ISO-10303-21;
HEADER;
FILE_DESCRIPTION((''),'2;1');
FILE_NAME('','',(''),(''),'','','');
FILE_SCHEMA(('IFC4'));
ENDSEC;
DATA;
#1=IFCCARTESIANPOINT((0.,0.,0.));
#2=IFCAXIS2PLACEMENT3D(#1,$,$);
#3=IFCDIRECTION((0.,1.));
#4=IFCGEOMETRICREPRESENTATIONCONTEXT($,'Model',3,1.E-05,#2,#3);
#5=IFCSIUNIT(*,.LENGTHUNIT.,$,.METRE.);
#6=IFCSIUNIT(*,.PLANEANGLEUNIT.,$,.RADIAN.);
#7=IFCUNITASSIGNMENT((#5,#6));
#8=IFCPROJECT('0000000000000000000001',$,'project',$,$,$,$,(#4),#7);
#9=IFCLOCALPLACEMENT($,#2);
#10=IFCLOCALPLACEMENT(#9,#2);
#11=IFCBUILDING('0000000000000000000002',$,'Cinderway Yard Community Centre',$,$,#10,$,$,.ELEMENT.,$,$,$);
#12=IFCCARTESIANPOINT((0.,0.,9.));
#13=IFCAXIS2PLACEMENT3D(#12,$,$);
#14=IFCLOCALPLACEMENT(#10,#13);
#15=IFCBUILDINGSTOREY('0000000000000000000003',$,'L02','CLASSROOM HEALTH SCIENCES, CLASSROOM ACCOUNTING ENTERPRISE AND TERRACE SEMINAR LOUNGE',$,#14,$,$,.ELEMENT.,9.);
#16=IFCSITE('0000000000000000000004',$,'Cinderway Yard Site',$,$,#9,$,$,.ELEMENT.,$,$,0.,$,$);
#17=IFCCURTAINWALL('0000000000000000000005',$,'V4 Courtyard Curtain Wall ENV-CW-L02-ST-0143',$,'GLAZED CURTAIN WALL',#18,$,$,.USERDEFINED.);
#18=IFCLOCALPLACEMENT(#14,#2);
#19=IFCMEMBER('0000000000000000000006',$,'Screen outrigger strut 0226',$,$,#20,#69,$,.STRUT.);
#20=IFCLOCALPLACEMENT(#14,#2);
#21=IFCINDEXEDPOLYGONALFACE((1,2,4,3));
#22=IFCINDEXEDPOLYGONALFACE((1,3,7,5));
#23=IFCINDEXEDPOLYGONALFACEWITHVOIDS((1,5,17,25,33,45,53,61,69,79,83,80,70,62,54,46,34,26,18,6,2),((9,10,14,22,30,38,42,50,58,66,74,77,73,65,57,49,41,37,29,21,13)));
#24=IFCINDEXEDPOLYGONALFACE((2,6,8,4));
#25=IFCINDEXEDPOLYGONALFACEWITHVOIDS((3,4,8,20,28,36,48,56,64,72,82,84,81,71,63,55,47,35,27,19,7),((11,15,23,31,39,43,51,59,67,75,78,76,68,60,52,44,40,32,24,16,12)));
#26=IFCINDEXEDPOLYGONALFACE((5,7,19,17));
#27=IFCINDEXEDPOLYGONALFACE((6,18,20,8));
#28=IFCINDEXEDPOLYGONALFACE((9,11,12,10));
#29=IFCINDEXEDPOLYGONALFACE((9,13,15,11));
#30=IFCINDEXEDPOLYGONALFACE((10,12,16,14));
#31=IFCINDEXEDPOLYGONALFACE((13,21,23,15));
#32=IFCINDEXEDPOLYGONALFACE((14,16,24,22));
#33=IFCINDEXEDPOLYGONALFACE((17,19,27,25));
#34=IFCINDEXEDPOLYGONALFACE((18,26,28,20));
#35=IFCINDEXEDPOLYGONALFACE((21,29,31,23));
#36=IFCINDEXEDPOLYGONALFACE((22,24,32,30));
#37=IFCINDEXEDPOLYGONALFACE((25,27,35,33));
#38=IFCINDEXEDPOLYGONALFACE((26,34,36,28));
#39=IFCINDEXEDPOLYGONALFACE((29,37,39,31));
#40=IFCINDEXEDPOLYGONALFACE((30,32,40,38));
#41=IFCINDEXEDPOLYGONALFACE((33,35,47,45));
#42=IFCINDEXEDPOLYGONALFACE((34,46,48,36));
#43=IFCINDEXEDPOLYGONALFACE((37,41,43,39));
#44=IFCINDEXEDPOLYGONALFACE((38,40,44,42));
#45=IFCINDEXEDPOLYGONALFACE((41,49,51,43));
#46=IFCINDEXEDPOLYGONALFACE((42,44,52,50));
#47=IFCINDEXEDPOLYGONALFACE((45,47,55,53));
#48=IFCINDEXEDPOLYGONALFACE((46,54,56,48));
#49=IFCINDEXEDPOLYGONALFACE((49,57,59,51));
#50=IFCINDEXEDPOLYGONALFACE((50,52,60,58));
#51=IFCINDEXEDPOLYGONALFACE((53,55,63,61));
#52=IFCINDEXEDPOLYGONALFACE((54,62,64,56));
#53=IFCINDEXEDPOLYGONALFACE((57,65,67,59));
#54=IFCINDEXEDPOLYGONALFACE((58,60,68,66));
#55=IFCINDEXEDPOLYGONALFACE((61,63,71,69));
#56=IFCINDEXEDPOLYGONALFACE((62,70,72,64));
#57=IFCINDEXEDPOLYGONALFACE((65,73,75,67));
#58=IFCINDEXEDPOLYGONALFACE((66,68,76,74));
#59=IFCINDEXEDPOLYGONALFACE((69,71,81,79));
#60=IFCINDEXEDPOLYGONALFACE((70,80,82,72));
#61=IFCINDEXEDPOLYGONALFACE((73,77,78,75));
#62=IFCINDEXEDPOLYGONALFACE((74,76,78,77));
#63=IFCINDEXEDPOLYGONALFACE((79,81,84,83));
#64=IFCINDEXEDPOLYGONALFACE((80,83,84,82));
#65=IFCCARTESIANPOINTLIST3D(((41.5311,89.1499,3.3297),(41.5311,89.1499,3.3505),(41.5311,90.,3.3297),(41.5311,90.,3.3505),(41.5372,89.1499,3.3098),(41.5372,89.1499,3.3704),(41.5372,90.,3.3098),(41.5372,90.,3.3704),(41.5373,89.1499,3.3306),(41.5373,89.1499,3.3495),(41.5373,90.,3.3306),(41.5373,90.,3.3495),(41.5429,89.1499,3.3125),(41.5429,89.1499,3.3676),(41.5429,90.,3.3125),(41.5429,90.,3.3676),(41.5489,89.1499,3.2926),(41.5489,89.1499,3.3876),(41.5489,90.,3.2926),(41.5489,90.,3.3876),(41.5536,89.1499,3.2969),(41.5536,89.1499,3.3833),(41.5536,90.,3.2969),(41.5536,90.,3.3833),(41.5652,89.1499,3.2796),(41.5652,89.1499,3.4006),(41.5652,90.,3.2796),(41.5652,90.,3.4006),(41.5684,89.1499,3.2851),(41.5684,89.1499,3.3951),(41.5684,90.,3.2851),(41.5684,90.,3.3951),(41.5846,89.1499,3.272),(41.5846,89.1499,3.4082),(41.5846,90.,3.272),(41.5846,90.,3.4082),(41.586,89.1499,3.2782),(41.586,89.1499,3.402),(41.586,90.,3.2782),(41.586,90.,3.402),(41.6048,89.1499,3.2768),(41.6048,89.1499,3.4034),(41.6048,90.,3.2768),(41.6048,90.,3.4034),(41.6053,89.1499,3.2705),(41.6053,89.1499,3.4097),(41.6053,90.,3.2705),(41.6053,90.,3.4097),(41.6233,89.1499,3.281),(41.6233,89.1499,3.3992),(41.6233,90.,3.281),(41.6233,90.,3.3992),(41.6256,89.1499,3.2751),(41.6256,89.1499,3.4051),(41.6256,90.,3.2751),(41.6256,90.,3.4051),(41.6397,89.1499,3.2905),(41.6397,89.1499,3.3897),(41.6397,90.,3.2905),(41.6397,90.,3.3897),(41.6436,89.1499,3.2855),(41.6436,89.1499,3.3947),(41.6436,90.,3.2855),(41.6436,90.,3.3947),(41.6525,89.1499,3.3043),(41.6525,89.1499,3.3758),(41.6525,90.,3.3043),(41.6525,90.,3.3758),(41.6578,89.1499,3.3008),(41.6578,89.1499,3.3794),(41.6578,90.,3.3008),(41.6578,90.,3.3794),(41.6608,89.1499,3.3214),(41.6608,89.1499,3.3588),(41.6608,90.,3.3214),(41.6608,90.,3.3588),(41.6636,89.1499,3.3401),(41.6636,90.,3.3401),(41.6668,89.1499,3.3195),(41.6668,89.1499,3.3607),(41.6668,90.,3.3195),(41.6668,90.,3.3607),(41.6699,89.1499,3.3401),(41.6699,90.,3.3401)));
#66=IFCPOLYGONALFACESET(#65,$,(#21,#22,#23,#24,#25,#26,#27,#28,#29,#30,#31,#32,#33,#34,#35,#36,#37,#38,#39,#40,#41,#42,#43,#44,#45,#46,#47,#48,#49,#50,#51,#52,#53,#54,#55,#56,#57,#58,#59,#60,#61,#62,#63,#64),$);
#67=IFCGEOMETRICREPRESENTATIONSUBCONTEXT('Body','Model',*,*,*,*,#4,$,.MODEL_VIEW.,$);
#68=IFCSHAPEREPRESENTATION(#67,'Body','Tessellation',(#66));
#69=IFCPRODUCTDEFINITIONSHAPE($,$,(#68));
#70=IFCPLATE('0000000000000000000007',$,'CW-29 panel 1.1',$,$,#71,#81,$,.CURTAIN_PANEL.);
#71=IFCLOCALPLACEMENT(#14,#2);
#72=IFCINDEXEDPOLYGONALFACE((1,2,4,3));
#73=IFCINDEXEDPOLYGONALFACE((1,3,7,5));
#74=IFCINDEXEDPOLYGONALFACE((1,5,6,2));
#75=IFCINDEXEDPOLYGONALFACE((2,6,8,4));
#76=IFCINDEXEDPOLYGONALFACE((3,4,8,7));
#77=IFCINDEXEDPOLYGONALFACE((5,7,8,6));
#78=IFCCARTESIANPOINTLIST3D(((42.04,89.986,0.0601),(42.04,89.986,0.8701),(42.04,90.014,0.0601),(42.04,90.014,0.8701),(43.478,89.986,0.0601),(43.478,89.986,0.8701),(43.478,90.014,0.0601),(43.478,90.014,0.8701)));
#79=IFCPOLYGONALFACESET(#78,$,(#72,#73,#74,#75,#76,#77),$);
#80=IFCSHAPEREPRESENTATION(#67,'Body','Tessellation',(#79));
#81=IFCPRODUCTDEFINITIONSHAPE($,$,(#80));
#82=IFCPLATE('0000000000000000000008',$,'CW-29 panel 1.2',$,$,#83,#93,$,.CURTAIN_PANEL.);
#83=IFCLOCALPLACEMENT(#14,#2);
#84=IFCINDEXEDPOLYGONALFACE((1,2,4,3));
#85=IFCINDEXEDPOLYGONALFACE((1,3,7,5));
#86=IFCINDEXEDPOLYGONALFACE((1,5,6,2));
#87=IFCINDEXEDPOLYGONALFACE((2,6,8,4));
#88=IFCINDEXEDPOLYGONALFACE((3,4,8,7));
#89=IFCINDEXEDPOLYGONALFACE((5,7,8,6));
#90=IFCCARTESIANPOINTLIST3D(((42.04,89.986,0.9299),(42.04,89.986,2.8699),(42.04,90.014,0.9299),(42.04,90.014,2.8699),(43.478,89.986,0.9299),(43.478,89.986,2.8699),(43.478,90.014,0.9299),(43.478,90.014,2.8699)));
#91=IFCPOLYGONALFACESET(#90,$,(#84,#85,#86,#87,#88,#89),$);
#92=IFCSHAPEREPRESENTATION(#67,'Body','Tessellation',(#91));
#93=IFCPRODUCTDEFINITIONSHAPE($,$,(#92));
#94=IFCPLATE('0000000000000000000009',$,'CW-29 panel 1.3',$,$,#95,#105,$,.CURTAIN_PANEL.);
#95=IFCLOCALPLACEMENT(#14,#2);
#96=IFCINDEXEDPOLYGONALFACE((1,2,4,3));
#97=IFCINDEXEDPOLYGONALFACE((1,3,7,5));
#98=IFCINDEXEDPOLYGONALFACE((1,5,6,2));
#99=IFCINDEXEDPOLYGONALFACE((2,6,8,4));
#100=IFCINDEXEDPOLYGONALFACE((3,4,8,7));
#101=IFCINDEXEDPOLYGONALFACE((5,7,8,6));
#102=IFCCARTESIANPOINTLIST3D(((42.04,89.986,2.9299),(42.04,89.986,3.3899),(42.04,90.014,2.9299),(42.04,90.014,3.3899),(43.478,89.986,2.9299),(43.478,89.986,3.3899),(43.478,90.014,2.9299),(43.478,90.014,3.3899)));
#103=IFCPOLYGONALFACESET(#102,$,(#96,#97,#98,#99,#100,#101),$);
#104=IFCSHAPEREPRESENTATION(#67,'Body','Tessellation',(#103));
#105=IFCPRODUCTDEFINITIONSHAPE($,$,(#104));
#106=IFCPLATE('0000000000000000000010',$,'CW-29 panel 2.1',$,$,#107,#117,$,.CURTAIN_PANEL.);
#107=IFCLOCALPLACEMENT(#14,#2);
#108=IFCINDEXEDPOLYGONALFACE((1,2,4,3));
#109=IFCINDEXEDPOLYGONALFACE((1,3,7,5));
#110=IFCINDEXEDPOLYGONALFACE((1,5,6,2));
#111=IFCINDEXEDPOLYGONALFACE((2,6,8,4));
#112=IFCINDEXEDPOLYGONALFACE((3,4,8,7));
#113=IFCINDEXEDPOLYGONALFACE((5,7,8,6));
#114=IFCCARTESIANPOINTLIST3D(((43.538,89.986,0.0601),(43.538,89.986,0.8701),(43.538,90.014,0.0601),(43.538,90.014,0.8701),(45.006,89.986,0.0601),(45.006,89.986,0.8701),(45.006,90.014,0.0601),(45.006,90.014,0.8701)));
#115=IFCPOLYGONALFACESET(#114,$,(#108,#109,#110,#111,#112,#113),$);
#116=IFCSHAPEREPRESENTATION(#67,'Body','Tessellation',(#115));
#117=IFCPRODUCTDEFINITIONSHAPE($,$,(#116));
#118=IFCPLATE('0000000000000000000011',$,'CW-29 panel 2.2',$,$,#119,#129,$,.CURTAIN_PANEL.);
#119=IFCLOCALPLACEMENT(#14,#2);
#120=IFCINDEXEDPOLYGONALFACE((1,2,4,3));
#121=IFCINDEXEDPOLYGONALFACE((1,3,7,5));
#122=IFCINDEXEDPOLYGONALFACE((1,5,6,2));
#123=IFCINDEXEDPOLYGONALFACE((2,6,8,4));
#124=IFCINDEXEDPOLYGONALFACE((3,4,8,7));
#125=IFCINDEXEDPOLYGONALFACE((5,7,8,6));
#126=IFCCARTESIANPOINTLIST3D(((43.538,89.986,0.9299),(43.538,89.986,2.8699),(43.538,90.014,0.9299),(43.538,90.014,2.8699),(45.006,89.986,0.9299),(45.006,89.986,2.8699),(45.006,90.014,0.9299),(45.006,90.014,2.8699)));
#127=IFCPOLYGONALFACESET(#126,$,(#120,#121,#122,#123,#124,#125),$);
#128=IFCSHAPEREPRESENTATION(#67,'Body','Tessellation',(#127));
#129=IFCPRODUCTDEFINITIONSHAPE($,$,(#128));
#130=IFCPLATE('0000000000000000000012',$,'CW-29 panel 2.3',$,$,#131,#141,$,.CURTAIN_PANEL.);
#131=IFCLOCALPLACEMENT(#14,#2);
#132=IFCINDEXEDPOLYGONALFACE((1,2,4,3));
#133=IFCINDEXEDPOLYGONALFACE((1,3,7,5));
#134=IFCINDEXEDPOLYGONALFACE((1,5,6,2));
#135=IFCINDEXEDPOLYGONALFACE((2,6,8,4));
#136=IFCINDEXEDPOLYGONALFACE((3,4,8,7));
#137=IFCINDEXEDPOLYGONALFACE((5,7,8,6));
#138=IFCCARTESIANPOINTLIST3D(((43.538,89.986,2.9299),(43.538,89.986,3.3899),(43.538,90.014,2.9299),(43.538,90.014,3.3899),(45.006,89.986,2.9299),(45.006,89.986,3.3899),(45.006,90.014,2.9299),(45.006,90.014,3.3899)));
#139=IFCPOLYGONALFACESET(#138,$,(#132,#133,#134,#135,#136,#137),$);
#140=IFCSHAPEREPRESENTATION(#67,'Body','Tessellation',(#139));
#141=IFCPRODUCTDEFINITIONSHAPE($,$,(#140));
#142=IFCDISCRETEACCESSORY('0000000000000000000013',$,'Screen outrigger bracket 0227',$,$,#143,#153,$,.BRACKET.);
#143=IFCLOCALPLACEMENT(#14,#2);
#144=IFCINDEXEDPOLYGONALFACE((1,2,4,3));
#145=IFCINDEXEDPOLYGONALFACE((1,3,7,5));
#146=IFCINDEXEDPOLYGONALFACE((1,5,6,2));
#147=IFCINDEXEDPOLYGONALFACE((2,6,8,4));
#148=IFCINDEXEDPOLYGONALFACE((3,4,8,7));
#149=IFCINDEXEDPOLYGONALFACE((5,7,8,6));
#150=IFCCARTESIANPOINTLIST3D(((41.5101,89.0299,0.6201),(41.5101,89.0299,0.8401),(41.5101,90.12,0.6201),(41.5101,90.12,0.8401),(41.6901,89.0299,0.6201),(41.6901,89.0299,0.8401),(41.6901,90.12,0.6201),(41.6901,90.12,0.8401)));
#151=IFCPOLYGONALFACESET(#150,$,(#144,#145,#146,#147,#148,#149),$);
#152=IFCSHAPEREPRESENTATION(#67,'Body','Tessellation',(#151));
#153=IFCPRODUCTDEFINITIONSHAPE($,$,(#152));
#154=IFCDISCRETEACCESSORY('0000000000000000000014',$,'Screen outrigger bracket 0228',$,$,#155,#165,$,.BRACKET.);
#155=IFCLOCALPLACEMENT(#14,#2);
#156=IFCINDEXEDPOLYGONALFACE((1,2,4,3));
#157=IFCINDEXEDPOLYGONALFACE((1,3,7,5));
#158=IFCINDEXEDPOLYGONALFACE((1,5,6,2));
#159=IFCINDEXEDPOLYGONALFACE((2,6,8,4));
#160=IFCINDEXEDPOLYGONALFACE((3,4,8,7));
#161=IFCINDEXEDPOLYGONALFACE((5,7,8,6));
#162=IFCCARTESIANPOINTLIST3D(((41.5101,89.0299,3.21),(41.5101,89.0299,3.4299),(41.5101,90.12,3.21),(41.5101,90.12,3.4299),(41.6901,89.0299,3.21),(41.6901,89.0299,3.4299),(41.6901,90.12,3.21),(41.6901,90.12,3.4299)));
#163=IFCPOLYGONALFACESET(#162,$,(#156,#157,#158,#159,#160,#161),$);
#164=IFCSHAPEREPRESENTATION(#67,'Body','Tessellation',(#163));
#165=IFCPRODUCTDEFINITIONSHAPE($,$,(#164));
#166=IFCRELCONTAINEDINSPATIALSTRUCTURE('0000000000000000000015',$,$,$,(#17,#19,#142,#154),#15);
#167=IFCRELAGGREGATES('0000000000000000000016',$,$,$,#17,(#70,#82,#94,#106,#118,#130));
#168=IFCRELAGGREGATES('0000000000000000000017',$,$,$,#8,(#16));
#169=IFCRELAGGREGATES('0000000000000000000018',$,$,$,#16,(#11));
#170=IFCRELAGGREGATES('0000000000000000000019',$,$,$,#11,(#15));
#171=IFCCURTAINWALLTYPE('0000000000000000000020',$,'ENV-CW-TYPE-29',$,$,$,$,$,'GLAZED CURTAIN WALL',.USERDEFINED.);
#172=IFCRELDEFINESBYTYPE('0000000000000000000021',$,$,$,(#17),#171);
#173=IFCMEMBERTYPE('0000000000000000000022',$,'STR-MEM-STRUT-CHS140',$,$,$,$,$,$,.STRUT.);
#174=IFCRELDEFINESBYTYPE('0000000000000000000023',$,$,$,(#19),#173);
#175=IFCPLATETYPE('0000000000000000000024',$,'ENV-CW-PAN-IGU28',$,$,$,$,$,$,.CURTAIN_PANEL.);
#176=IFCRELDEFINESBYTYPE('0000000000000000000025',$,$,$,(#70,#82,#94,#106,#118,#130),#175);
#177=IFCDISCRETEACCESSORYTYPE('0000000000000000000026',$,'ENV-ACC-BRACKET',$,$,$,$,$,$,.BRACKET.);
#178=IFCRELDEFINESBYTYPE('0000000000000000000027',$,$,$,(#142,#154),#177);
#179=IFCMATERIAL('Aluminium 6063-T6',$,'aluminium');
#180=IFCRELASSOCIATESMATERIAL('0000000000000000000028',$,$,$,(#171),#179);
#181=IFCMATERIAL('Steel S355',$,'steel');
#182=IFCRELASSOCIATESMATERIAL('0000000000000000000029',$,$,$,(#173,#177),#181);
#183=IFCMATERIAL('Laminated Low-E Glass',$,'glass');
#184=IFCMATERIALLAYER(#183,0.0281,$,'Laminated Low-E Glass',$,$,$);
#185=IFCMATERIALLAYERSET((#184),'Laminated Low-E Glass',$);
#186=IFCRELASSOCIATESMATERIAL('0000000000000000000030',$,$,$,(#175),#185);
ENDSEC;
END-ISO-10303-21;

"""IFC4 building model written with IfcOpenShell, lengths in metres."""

from ifc_helpers import new_model, si_unit, direction, frame, origin, origin_2d, place, context, subcontext, project, spatial, rectangle, hollow_circle, extrude, material, layer, layer_set, material_profile, profile_set, type_object, element, aggregate, save


model = new_model("IFC4")

# Units and contexts
model_context = context("Model", 3, precision=1e-05, world=origin(), true_north=direction((0.0, 1.0)))
body_context = subcontext(model_context, "Body", "Model", "MODEL_VIEW")
ifc_project = project(units=[si_unit("LENGTHUNIT", "METRE"), si_unit("PLANEANGLEUNIT", "RADIAN")], contexts=[model_context])

# Site, building, storey
site_placement = place(None, origin())
site = spatial("IfcSite", under=ifc_project, at=site_placement, Name="Cinderway Yard Site", CompositionType="ELEMENT", RefElevation=0.0)
building_placement = place(site_placement, origin())
building = spatial("IfcBuilding", under=site, at=building_placement, Name="Cinderway Yard Community Centre", CompositionType="ELEMENT")
storey_placement = place(building_placement, frame((0.0, 0.0, 9.0)))
storey = spatial("IfcBuildingStorey", under=building, at=storey_placement, Name="L02", Description="CLASSROOM HEALTH SCIENCES, CLASSROOM ACCOUNTING ENTERPRISE AND TERRACE SEMINAR LOUNGE", CompositionType="ELEMENT", Elevation=9.0)

# Curtain wall
ifc_material_1 = material(Name="Aluminium 6063-T6", Category="aluminium")
curtain_wall_type = type_object("IfcCurtainWallType", Name="ENV-CW-TYPE-29", ElementType="GLAZED CURTAIN WALL", PredefinedType="USERDEFINED", material=ifc_material_1)
curtain_wall_placement = place(storey_placement, origin())
curtain_wall = element("IfcCurtainWall", 1, at=curtain_wall_placement, inside=storey, type_object=curtain_wall_type, Name="V4 Courtyard Curtain Wall ENV-CW-L02-ST-0143", ObjectType="GLAZED CURTAIN WALL", PredefinedType="USERDEFINED")

# Shared definitions
ifc_material_2 = material(Name="Steel S355", Category="steel")

# Member
ifc_material_profile_1 = material_profile(ifc_material_2, hollow_circle(Radius=0.0698, WallThickness=0.0063, at=origin_2d()), Name="Steel S355")
ifc_profile_set_1 = profile_set([ifc_material_profile_1], Name="Steel S355")
member_type_1 = type_object("IfcMemberType", Name="STR-MEM-STRUT-CHS140", PredefinedType="STRUT", material=ifc_profile_set_1)
for number, where, z_axis, x_axis, name in (
    (2, (41.6001, 90.0, 3.3401), (0.0, -1.0, 0.0), (1.0, 0.0, 0.0), "Screen outrigger strut 0226"),
):
    element("IfcMember", number, at=place(storey_placement, frame(where, z_axis=z_axis, x_axis=x_axis)), inside=storey, type_object=member_type_1, Name=name, PredefinedType="STRUT", context=body_context, shape_type="SweptSolid", body=[
        extrude(hollow_circle(Radius=0.0698, WallThickness=0.0063, at=origin_2d()), origin(), (0.0, 0.0, 1.0), 0.8501),
    ])

# Plates
ifc_material_3 = material(Name="Laminated Low-E Glass", Category="glass")
ifc_layer = layer(ifc_material_3, 0.0281, Name="Laminated Low-E Glass")
ifc_layer_set = layer_set([ifc_layer], Name="Laminated Low-E Glass")
plate_type = type_object("IfcPlateType", Name="ENV-CW-PAN-IGU28", PredefinedType="CURTAIN_PANEL", material=ifc_layer_set)
plate_1_placement = place(storey_placement, frame((42.759, 90.0, 0.0601), z_axis=(0.0, 0.0, 1.0), x_axis=(1.0, 0.0, 0.0)))
plate_1 = element("IfcPlate", 3, at=plate_1_placement, type_object=plate_type, Name="CW-29 panel 1.1", PredefinedType="CURTAIN_PANEL", context=body_context, shape_type="SweptSolid", body=[
    extrude(rectangle(XDim=1.438, YDim=0.0281, at=origin_2d()), origin(), (0.0, 0.0, 1.0), 0.8101),
])
plate_2_placement = place(storey_placement, frame((42.759, 90.0, 0.9299), z_axis=(0.0, 0.0, 1.0), x_axis=(1.0, 0.0, 0.0)))
plate_2 = element("IfcPlate", 4, at=plate_2_placement, type_object=plate_type, Name="CW-29 panel 1.2", PredefinedType="CURTAIN_PANEL", context=body_context, shape_type="SweptSolid", body=[
    extrude(rectangle(XDim=1.438, YDim=0.0281, at=origin_2d()), origin(), (0.0, 0.0, 1.0), 1.9399),
])
plate_3_placement = place(storey_placement, frame((42.759, 90.0, 2.9299), z_axis=(0.0, 0.0, 1.0), x_axis=(1.0, 0.0, 0.0)))
plate_3 = element("IfcPlate", 5, at=plate_3_placement, type_object=plate_type, Name="CW-29 panel 1.3", PredefinedType="CURTAIN_PANEL", context=body_context, shape_type="SweptSolid", body=[
    extrude(rectangle(XDim=1.438, YDim=0.0281, at=origin_2d()), origin(), (0.0, 0.0, 1.0), 0.46),
])
plate_4_placement = place(storey_placement, frame((44.272, 90.0, 0.0601), z_axis=(0.0, 0.0, 1.0), x_axis=(1.0, 0.0, 0.0)))
plate_4 = element("IfcPlate", 6, at=plate_4_placement, type_object=plate_type, Name="CW-29 panel 2.1", PredefinedType="CURTAIN_PANEL", context=body_context, shape_type="SweptSolid", body=[
    extrude(rectangle(XDim=1.468, YDim=0.0281, at=origin_2d()), origin(), (0.0, 0.0, 1.0), 0.8101),
])
plate_5_placement = place(storey_placement, frame((44.272, 90.0, 0.9299), z_axis=(0.0, 0.0, 1.0), x_axis=(1.0, 0.0, 0.0)))
plate_5 = element("IfcPlate", 7, at=plate_5_placement, type_object=plate_type, Name="CW-29 panel 2.2", PredefinedType="CURTAIN_PANEL", context=body_context, shape_type="SweptSolid", body=[
    extrude(rectangle(XDim=1.468, YDim=0.0281, at=origin_2d()), origin(), (0.0, 0.0, 1.0), 1.9399),
])
plate_6_placement = place(storey_placement, frame((44.272, 90.0, 2.9299), z_axis=(0.0, 0.0, 1.0), x_axis=(1.0, 0.0, 0.0)))
plate_6 = element("IfcPlate", 8, at=plate_6_placement, type_object=plate_type, Name="CW-29 panel 2.3", PredefinedType="CURTAIN_PANEL", context=body_context, shape_type="SweptSolid", body=[
    extrude(rectangle(XDim=1.468, YDim=0.0281, at=origin_2d()), origin(), (0.0, 0.0, 1.0), 0.46),
])
aggregate(curtain_wall, [plate_1, plate_2, plate_3, plate_4, plate_5, plate_6])

# Discrete accessories
discrete_accessory_type = type_object("IfcDiscreteAccessoryType", Name="ENV-ACC-BRACKET", PredefinedType="BRACKET", material=ifc_material_2)
for number, where, z_axis, x_axis, name in (
    (9, (41.6001, 89.575, 0.6201), (0.0, 0.0, 1.0), (0.0, -1.0, 0.0), "Screen outrigger bracket 0227"),
    (10, (41.6001, 89.575, 3.21), (0.0, 0.0, 1.0), (0.0, -1.0, 0.0), "Screen outrigger bracket 0228"),
):
    element("IfcDiscreteAccessory", number, at=place(storey_placement, frame(where, z_axis=z_axis, x_axis=x_axis)), inside=storey, type_object=discrete_accessory_type, Name=name, PredefinedType="BRACKET", context=body_context, shape_type="SweptSolid", body=[
        extrude(rectangle(XDim=1.0901, YDim=0.1799, at=origin_2d()), origin(), (0.0, 0.0, 1.0), 0.22),
    ])

save(model, "model.ifc")
